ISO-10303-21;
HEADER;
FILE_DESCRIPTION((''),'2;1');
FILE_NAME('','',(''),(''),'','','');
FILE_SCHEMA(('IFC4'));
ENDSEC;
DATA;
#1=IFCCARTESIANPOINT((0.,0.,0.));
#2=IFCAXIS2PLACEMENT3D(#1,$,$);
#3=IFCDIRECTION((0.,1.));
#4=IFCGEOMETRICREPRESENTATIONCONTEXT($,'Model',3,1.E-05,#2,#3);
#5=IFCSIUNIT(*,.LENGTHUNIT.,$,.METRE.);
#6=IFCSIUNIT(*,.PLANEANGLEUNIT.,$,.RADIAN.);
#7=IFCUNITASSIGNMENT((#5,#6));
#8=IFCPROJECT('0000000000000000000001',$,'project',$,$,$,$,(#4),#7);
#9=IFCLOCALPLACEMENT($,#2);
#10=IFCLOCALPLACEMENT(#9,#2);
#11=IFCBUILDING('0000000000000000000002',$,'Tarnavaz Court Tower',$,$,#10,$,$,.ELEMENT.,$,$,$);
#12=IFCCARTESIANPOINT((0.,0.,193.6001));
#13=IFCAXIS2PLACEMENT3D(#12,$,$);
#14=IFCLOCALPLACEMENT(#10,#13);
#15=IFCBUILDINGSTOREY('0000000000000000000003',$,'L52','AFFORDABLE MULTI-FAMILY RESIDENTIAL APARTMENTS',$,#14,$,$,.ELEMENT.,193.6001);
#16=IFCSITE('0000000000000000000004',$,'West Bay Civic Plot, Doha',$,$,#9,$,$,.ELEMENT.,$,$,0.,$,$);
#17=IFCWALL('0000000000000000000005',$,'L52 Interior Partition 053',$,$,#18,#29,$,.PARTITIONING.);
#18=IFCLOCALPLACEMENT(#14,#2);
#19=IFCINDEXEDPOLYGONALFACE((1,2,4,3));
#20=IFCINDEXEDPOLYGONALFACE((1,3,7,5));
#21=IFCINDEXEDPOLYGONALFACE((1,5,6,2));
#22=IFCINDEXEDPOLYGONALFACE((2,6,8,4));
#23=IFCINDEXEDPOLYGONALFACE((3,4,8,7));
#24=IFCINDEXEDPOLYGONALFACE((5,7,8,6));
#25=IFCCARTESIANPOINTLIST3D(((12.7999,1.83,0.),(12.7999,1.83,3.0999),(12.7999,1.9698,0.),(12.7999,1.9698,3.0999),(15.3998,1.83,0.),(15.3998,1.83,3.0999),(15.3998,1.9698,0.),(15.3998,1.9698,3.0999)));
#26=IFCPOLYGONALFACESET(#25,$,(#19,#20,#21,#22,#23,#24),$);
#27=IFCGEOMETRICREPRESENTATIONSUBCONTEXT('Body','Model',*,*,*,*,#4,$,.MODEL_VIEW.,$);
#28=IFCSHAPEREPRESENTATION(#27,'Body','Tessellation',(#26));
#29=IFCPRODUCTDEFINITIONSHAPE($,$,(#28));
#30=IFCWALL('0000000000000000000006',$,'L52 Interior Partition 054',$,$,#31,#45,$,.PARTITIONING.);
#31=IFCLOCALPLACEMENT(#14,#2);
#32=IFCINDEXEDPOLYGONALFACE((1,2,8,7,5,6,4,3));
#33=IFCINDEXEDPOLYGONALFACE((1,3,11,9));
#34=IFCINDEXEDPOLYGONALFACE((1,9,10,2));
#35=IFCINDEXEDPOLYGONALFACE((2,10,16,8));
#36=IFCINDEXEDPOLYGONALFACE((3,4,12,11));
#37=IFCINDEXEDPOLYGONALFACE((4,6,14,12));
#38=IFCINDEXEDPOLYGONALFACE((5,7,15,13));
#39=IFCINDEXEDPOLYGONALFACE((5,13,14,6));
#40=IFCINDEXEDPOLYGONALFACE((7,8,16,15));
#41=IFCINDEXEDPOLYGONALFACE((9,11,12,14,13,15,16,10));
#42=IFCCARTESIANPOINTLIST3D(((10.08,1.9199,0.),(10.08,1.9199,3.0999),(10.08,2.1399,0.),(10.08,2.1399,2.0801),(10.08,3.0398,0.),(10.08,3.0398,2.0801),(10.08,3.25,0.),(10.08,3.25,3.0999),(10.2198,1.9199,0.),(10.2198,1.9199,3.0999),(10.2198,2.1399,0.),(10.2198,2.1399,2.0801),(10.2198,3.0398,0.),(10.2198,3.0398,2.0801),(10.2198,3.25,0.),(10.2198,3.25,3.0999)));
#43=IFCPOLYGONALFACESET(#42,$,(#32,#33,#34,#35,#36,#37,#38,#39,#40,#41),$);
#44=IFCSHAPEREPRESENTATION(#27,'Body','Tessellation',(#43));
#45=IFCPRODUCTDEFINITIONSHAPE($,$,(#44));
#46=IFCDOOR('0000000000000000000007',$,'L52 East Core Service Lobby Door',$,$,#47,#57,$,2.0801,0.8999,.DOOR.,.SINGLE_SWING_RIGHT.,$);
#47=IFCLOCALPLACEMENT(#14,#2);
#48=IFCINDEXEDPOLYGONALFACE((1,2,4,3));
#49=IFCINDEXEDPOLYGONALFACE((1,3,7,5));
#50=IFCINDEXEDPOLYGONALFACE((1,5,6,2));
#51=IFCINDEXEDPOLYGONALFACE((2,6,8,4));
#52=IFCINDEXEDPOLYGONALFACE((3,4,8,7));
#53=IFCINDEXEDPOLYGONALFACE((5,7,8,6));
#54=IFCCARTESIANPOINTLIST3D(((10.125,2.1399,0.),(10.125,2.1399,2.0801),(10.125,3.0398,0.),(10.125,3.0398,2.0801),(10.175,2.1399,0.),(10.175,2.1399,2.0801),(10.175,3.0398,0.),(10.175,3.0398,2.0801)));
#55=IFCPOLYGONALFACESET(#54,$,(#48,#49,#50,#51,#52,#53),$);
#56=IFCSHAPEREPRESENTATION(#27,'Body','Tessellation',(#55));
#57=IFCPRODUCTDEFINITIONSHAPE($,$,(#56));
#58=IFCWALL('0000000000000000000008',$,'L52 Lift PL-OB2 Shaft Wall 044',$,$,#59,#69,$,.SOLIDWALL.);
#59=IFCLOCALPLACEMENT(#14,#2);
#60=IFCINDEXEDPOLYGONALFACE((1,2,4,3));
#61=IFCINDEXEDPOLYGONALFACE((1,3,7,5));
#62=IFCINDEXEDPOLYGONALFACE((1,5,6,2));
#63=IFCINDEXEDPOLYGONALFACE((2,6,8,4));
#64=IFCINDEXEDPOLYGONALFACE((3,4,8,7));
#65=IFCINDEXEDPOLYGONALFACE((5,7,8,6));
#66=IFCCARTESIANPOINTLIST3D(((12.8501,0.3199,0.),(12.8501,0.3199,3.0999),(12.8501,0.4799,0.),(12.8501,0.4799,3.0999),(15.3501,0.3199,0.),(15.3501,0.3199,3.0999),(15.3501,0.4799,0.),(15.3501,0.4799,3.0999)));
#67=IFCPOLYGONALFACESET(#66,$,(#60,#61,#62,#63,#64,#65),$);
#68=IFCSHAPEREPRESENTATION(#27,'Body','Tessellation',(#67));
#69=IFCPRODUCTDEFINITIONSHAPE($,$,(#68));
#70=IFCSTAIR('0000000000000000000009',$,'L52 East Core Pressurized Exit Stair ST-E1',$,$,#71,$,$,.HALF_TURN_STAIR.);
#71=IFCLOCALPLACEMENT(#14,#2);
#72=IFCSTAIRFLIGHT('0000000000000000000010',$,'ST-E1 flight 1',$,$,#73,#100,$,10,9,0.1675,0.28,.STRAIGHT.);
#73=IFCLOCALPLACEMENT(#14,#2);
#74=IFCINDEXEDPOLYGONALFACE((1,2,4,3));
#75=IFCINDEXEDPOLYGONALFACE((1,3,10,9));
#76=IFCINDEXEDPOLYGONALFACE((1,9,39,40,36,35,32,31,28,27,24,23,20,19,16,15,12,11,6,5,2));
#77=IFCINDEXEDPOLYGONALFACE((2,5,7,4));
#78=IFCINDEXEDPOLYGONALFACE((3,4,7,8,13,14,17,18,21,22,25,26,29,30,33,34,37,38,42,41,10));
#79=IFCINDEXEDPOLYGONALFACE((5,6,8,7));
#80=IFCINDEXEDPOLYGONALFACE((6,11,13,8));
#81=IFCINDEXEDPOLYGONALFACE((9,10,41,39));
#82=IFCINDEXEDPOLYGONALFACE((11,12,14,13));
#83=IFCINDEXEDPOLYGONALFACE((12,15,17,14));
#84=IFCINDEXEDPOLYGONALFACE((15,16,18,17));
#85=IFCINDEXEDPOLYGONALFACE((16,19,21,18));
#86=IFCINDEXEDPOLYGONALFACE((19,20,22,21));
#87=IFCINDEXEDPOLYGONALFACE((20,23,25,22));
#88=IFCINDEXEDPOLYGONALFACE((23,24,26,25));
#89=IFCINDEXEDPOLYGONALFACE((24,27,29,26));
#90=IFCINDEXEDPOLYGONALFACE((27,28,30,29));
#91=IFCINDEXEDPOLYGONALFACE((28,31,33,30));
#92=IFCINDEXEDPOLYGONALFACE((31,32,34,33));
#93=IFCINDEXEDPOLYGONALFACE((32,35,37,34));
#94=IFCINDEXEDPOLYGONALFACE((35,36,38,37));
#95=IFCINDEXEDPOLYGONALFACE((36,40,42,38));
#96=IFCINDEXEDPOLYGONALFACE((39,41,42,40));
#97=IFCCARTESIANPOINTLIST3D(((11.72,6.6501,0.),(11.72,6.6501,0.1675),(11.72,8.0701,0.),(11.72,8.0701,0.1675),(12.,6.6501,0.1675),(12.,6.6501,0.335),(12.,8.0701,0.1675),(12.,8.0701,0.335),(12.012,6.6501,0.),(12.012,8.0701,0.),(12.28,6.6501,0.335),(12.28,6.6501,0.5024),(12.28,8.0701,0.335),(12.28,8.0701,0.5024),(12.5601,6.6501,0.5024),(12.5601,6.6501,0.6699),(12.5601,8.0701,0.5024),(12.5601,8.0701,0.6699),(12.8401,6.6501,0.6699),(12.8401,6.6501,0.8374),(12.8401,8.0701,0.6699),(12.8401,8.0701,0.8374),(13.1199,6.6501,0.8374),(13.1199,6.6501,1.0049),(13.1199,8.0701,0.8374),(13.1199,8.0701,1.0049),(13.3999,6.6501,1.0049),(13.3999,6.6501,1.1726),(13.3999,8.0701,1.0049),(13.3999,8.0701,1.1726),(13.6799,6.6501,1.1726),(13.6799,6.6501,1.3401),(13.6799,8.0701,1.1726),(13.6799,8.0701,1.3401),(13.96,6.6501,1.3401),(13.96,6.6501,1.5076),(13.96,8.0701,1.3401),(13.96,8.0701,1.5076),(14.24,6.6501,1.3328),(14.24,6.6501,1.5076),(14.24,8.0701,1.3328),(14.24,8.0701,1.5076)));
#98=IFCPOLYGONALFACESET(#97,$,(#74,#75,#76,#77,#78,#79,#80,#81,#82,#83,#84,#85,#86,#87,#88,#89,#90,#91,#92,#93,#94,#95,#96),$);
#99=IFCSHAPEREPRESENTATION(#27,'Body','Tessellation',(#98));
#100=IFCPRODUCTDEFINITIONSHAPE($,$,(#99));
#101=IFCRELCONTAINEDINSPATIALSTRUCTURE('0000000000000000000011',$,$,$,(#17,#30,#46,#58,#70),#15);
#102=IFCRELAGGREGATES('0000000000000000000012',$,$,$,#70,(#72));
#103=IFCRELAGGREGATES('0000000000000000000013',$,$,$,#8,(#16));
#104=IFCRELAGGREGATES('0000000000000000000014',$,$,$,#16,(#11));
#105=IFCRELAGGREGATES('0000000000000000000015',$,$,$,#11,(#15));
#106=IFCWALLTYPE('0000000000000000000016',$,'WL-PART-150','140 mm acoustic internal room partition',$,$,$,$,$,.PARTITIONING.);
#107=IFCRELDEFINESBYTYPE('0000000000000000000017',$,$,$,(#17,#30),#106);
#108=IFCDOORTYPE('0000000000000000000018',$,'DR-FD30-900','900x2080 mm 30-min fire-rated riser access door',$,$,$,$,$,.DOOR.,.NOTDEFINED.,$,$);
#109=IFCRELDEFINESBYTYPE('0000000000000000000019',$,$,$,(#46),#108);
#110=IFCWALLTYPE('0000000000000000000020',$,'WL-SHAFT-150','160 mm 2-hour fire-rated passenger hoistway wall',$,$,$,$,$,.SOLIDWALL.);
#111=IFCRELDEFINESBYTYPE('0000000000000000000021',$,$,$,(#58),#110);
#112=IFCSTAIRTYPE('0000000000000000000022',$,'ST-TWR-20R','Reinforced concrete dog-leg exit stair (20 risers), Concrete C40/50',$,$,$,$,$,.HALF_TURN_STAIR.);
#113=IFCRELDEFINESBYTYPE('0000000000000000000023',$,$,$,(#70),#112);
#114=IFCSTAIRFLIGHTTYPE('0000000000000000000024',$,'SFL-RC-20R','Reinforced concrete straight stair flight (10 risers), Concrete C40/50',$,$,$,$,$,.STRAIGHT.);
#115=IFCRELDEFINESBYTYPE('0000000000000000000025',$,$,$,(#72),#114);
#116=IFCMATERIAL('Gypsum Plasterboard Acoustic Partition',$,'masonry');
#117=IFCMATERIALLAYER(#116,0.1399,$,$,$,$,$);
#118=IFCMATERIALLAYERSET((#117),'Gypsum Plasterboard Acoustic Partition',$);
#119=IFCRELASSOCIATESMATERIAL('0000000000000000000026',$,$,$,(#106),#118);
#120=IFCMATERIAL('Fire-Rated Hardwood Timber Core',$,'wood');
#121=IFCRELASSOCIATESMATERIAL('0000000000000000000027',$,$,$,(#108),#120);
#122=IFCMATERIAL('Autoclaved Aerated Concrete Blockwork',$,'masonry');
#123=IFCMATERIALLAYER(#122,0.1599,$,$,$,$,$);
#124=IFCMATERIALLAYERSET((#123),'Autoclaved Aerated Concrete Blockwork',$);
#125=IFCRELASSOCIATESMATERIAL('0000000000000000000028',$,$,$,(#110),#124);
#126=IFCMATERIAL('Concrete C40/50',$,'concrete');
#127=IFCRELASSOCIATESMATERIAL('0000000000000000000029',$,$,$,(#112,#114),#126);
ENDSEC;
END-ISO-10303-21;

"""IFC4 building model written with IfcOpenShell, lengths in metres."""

from ifc_helpers import new_model, si_unit, direction, frame, frame_2d, origin, place, context, subcontext, project, spatial, polyline, rectangle, outline, extrude, material, layer, layer_set, type_object, element, fill, aggregate, save


model = new_model("IFC4")

# Units and contexts
model_context = context("Model", 3, precision=1e-05, world=origin(), true_north=direction((0.0, 1.0)))
body_context = subcontext(model_context, "Body", "Model", "MODEL_VIEW")
ifc_project = project(units=[si_unit("LENGTHUNIT", "METRE"), si_unit("PLANEANGLEUNIT", "RADIAN")], contexts=[model_context])

# Site, building, storey
site_placement = place(None, origin())
site = spatial("IfcSite", under=ifc_project, at=site_placement, Name="West Bay Civic Plot, Doha", CompositionType="ELEMENT", RefElevation=0.0)
building_placement = place(site_placement, origin())
building = spatial("IfcBuilding", under=site, at=building_placement, Name="Tarnavaz Court Tower", CompositionType="ELEMENT")
storey_placement = place(building_placement, frame((0.0, 0.0, 193.6001)))
storey = spatial("IfcBuildingStorey", under=building, at=storey_placement, Name="L52", Description="AFFORDABLE MULTI-FAMILY RESIDENTIAL APARTMENTS", CompositionType="ELEMENT", Elevation=193.6001)

# Shared definitions
ifc_material_1 = material(Name="Autoclaved Aerated Concrete Blockwork", Category="masonry")

# Shared definitions
ifc_material_2 = material(Name="Fire-Rated Hardwood Timber Core", Category="wood")

# Wall
ifc_material_3 = material(Name="Gypsum Plasterboard Acoustic Partition", Category="masonry")
ifc_layer_1 = layer(ifc_material_3, 0.1399)
ifc_layer_set_1 = layer_set([ifc_layer_1], Name="Gypsum Plasterboard Acoustic Partition")
wall_type_1 = type_object("IfcWallType", Name="WL-PART-150", Description="140 mm acoustic internal room partition", PredefinedType="PARTITIONING", material=ifc_layer_set_1)
wall_1_placement = place(storey_placement, frame((12.8, 1.8999, 0.0), z_axis=(0.0, 0.0, 1.0), x_axis=(1.0, 0.0, 0.0)))
element("IfcWall", 1, at=wall_1_placement, inside=storey, type_object=wall_type_1, Name="L52 Interior Partition 053", PredefinedType="PARTITIONING", context=body_context, shape_type="SweptSolid", body=[
    extrude(rectangle(XDim=2.5999, YDim=0.1399, at=frame_2d((1.2998, 0.0))), origin(), (0.0, 0.0, 1.0), 3.0999),
])

# Wall, opening, door
wall_2_placement = place(storey_placement, frame((10.1499, 1.9199, 0.0), z_axis=(0.0, 0.0, 1.0), x_axis=(0.0, 1.0, 0.0)))
wall_2 = element("IfcWall", 2, at=wall_2_placement, inside=storey, type_object=wall_type_1, Name="L52 Interior Partition 054", PredefinedType="PARTITIONING", context=body_context, shape_type="SweptSolid", body=[
    extrude(rectangle(XDim=1.3301, YDim=0.1399, at=frame_2d((0.665, 0.0))), origin(), (0.0, 0.0, 1.0), 3.0999),
])
opening_1_placement = place(wall_2_placement, frame((0.22, 0.0, 0.0)))
opening_1 = element("IfcOpeningElement", 3, at=opening_1_placement, cuts=wall_2, PredefinedType="OPENING", context=body_context, shape_type="SweptSolid", body=[
    extrude(rectangle(XDim=0.8999, YDim=2.0801, at=frame_2d((0.45, 1.04))), frame((0.0, 0.0798, 0.0), z_axis=(0.0, -1.0, 0.0), x_axis=(1.0, 0.0, 0.0)), (0.0, 0.0, 1.0), 0.1599),
])
door_type_1 = type_object("IfcDoorType", Name="DR-FD30-900", Description="900x2080 mm 30-min fire-rated riser access door", OperationType="NOTDEFINED", PredefinedType="DOOR", material=ifc_material_2)
door_1_placement = place(opening_1_placement, origin())
door_1 = element("IfcDoor", 4, at=door_1_placement, inside=storey, type_object=door_type_1, Name="L52 East Core Service Lobby Door", OperationType="SINGLE_SWING_RIGHT", OverallHeight=2.0801, OverallWidth=0.8999, PredefinedType="DOOR", context=body_context, shape_type="SweptSolid", body=[
    extrude(rectangle(XDim=0.8999, YDim=2.0801, at=frame_2d((0.45, 1.04))), frame((0.0, 0.0249, 0.0), z_axis=(0.0, -1.0, 0.0), x_axis=(1.0, 0.0, 0.0)), (0.0, 0.0, 1.0), 0.05),
])
fill(opening_1, door_1)

# Wall
ifc_layer_2 = layer(ifc_material_1, 0.1599)
ifc_layer_set_2 = layer_set([ifc_layer_2], Name="Autoclaved Aerated Concrete Blockwork")
wall_type_2 = type_object("IfcWallType", Name="WL-SHAFT-150", Description="160 mm 2-hour fire-rated passenger hoistway wall", PredefinedType="SOLIDWALL", material=ifc_layer_set_2)
wall_3_placement = place(storey_placement, frame((12.8501, 0.3999, 0.0), z_axis=(0.0, 0.0, 1.0), x_axis=(1.0, 0.0, 0.0)))
element("IfcWall", 5, at=wall_3_placement, inside=storey, type_object=wall_type_2, Name="L52 Lift PL-OB2 Shaft Wall 044", PredefinedType="SOLIDWALL", context=body_context, shape_type="SweptSolid", body=[
    extrude(rectangle(XDim=2.5, YDim=0.1599, at=frame_2d((1.25, 0.0))), origin(), (0.0, 0.0, 1.0), 3.0999),
])

# Stair, stair flight
ifc_material_4 = material(Name="Concrete C40/50", Category="concrete")
stair_type = type_object("IfcStairType", Name="ST-TWR-20R", Description="Reinforced concrete dog-leg exit stair (20 risers), Concrete C40/50", PredefinedType="HALF_TURN_STAIR", material=ifc_material_4)
stair_placement = place(storey_placement, origin())
stair = element("IfcStair", 6, at=stair_placement, inside=storey, type_object=stair_type, Name="L52 East Core Pressurized Exit Stair ST-E1", PredefinedType="HALF_TURN_STAIR")
stair_flight_type = type_object("IfcStairFlightType", Name="SFL-RC-20R", Description="Reinforced concrete straight stair flight (10 risers), Concrete C40/50", PredefinedType="STRAIGHT", material=ifc_material_4)
stair_flight_placement = place(storey_placement, frame((11.72, 7.3601, 0.0), z_axis=(0.0, 0.0, 1.0), x_axis=(1.0, 0.0, 0.0)))
stair_flight = element("IfcStairFlight", 7, at=stair_flight_placement, type_object=stair_flight_type, Name="ST-E1 flight 1", NumberOfRisers=10, NumberOfTreads=9, PredefinedType="STRAIGHT", RiserHeight=0.1675, TreadLength=0.28, context=body_context, shape_type="SweptSolid", body=[
    extrude(outline(polyline([(0.0, 0.0), (0.0, 0.1675), (0.28, 0.1675), (0.28, 0.335), (0.5601, 0.335), (0.5601, 0.5024), (0.8401, 0.5024), (0.8401, 0.6699), (1.1201, 0.6699), (1.1201, 0.8374), (1.3999, 0.8374), (1.3999, 1.0049), (1.6799, 1.0049), (1.6799, 1.1726), (1.96, 1.1726), (1.96, 1.3401), (2.24, 1.3401), (2.24, 1.5076), (2.52, 1.5076), (2.52, 1.675), (2.52, 1.3328), (0.292, 0.0), (0.0, 0.0)])), frame((0.0, 0.71, 0.0), z_axis=(0.0, -1.0, 0.0), x_axis=(1.0, 0.0, 0.0)), (0.0, 0.0, 1.0), 1.4199),
])
aggregate(stair, [stair_flight])

save(model, "model.ifc")
